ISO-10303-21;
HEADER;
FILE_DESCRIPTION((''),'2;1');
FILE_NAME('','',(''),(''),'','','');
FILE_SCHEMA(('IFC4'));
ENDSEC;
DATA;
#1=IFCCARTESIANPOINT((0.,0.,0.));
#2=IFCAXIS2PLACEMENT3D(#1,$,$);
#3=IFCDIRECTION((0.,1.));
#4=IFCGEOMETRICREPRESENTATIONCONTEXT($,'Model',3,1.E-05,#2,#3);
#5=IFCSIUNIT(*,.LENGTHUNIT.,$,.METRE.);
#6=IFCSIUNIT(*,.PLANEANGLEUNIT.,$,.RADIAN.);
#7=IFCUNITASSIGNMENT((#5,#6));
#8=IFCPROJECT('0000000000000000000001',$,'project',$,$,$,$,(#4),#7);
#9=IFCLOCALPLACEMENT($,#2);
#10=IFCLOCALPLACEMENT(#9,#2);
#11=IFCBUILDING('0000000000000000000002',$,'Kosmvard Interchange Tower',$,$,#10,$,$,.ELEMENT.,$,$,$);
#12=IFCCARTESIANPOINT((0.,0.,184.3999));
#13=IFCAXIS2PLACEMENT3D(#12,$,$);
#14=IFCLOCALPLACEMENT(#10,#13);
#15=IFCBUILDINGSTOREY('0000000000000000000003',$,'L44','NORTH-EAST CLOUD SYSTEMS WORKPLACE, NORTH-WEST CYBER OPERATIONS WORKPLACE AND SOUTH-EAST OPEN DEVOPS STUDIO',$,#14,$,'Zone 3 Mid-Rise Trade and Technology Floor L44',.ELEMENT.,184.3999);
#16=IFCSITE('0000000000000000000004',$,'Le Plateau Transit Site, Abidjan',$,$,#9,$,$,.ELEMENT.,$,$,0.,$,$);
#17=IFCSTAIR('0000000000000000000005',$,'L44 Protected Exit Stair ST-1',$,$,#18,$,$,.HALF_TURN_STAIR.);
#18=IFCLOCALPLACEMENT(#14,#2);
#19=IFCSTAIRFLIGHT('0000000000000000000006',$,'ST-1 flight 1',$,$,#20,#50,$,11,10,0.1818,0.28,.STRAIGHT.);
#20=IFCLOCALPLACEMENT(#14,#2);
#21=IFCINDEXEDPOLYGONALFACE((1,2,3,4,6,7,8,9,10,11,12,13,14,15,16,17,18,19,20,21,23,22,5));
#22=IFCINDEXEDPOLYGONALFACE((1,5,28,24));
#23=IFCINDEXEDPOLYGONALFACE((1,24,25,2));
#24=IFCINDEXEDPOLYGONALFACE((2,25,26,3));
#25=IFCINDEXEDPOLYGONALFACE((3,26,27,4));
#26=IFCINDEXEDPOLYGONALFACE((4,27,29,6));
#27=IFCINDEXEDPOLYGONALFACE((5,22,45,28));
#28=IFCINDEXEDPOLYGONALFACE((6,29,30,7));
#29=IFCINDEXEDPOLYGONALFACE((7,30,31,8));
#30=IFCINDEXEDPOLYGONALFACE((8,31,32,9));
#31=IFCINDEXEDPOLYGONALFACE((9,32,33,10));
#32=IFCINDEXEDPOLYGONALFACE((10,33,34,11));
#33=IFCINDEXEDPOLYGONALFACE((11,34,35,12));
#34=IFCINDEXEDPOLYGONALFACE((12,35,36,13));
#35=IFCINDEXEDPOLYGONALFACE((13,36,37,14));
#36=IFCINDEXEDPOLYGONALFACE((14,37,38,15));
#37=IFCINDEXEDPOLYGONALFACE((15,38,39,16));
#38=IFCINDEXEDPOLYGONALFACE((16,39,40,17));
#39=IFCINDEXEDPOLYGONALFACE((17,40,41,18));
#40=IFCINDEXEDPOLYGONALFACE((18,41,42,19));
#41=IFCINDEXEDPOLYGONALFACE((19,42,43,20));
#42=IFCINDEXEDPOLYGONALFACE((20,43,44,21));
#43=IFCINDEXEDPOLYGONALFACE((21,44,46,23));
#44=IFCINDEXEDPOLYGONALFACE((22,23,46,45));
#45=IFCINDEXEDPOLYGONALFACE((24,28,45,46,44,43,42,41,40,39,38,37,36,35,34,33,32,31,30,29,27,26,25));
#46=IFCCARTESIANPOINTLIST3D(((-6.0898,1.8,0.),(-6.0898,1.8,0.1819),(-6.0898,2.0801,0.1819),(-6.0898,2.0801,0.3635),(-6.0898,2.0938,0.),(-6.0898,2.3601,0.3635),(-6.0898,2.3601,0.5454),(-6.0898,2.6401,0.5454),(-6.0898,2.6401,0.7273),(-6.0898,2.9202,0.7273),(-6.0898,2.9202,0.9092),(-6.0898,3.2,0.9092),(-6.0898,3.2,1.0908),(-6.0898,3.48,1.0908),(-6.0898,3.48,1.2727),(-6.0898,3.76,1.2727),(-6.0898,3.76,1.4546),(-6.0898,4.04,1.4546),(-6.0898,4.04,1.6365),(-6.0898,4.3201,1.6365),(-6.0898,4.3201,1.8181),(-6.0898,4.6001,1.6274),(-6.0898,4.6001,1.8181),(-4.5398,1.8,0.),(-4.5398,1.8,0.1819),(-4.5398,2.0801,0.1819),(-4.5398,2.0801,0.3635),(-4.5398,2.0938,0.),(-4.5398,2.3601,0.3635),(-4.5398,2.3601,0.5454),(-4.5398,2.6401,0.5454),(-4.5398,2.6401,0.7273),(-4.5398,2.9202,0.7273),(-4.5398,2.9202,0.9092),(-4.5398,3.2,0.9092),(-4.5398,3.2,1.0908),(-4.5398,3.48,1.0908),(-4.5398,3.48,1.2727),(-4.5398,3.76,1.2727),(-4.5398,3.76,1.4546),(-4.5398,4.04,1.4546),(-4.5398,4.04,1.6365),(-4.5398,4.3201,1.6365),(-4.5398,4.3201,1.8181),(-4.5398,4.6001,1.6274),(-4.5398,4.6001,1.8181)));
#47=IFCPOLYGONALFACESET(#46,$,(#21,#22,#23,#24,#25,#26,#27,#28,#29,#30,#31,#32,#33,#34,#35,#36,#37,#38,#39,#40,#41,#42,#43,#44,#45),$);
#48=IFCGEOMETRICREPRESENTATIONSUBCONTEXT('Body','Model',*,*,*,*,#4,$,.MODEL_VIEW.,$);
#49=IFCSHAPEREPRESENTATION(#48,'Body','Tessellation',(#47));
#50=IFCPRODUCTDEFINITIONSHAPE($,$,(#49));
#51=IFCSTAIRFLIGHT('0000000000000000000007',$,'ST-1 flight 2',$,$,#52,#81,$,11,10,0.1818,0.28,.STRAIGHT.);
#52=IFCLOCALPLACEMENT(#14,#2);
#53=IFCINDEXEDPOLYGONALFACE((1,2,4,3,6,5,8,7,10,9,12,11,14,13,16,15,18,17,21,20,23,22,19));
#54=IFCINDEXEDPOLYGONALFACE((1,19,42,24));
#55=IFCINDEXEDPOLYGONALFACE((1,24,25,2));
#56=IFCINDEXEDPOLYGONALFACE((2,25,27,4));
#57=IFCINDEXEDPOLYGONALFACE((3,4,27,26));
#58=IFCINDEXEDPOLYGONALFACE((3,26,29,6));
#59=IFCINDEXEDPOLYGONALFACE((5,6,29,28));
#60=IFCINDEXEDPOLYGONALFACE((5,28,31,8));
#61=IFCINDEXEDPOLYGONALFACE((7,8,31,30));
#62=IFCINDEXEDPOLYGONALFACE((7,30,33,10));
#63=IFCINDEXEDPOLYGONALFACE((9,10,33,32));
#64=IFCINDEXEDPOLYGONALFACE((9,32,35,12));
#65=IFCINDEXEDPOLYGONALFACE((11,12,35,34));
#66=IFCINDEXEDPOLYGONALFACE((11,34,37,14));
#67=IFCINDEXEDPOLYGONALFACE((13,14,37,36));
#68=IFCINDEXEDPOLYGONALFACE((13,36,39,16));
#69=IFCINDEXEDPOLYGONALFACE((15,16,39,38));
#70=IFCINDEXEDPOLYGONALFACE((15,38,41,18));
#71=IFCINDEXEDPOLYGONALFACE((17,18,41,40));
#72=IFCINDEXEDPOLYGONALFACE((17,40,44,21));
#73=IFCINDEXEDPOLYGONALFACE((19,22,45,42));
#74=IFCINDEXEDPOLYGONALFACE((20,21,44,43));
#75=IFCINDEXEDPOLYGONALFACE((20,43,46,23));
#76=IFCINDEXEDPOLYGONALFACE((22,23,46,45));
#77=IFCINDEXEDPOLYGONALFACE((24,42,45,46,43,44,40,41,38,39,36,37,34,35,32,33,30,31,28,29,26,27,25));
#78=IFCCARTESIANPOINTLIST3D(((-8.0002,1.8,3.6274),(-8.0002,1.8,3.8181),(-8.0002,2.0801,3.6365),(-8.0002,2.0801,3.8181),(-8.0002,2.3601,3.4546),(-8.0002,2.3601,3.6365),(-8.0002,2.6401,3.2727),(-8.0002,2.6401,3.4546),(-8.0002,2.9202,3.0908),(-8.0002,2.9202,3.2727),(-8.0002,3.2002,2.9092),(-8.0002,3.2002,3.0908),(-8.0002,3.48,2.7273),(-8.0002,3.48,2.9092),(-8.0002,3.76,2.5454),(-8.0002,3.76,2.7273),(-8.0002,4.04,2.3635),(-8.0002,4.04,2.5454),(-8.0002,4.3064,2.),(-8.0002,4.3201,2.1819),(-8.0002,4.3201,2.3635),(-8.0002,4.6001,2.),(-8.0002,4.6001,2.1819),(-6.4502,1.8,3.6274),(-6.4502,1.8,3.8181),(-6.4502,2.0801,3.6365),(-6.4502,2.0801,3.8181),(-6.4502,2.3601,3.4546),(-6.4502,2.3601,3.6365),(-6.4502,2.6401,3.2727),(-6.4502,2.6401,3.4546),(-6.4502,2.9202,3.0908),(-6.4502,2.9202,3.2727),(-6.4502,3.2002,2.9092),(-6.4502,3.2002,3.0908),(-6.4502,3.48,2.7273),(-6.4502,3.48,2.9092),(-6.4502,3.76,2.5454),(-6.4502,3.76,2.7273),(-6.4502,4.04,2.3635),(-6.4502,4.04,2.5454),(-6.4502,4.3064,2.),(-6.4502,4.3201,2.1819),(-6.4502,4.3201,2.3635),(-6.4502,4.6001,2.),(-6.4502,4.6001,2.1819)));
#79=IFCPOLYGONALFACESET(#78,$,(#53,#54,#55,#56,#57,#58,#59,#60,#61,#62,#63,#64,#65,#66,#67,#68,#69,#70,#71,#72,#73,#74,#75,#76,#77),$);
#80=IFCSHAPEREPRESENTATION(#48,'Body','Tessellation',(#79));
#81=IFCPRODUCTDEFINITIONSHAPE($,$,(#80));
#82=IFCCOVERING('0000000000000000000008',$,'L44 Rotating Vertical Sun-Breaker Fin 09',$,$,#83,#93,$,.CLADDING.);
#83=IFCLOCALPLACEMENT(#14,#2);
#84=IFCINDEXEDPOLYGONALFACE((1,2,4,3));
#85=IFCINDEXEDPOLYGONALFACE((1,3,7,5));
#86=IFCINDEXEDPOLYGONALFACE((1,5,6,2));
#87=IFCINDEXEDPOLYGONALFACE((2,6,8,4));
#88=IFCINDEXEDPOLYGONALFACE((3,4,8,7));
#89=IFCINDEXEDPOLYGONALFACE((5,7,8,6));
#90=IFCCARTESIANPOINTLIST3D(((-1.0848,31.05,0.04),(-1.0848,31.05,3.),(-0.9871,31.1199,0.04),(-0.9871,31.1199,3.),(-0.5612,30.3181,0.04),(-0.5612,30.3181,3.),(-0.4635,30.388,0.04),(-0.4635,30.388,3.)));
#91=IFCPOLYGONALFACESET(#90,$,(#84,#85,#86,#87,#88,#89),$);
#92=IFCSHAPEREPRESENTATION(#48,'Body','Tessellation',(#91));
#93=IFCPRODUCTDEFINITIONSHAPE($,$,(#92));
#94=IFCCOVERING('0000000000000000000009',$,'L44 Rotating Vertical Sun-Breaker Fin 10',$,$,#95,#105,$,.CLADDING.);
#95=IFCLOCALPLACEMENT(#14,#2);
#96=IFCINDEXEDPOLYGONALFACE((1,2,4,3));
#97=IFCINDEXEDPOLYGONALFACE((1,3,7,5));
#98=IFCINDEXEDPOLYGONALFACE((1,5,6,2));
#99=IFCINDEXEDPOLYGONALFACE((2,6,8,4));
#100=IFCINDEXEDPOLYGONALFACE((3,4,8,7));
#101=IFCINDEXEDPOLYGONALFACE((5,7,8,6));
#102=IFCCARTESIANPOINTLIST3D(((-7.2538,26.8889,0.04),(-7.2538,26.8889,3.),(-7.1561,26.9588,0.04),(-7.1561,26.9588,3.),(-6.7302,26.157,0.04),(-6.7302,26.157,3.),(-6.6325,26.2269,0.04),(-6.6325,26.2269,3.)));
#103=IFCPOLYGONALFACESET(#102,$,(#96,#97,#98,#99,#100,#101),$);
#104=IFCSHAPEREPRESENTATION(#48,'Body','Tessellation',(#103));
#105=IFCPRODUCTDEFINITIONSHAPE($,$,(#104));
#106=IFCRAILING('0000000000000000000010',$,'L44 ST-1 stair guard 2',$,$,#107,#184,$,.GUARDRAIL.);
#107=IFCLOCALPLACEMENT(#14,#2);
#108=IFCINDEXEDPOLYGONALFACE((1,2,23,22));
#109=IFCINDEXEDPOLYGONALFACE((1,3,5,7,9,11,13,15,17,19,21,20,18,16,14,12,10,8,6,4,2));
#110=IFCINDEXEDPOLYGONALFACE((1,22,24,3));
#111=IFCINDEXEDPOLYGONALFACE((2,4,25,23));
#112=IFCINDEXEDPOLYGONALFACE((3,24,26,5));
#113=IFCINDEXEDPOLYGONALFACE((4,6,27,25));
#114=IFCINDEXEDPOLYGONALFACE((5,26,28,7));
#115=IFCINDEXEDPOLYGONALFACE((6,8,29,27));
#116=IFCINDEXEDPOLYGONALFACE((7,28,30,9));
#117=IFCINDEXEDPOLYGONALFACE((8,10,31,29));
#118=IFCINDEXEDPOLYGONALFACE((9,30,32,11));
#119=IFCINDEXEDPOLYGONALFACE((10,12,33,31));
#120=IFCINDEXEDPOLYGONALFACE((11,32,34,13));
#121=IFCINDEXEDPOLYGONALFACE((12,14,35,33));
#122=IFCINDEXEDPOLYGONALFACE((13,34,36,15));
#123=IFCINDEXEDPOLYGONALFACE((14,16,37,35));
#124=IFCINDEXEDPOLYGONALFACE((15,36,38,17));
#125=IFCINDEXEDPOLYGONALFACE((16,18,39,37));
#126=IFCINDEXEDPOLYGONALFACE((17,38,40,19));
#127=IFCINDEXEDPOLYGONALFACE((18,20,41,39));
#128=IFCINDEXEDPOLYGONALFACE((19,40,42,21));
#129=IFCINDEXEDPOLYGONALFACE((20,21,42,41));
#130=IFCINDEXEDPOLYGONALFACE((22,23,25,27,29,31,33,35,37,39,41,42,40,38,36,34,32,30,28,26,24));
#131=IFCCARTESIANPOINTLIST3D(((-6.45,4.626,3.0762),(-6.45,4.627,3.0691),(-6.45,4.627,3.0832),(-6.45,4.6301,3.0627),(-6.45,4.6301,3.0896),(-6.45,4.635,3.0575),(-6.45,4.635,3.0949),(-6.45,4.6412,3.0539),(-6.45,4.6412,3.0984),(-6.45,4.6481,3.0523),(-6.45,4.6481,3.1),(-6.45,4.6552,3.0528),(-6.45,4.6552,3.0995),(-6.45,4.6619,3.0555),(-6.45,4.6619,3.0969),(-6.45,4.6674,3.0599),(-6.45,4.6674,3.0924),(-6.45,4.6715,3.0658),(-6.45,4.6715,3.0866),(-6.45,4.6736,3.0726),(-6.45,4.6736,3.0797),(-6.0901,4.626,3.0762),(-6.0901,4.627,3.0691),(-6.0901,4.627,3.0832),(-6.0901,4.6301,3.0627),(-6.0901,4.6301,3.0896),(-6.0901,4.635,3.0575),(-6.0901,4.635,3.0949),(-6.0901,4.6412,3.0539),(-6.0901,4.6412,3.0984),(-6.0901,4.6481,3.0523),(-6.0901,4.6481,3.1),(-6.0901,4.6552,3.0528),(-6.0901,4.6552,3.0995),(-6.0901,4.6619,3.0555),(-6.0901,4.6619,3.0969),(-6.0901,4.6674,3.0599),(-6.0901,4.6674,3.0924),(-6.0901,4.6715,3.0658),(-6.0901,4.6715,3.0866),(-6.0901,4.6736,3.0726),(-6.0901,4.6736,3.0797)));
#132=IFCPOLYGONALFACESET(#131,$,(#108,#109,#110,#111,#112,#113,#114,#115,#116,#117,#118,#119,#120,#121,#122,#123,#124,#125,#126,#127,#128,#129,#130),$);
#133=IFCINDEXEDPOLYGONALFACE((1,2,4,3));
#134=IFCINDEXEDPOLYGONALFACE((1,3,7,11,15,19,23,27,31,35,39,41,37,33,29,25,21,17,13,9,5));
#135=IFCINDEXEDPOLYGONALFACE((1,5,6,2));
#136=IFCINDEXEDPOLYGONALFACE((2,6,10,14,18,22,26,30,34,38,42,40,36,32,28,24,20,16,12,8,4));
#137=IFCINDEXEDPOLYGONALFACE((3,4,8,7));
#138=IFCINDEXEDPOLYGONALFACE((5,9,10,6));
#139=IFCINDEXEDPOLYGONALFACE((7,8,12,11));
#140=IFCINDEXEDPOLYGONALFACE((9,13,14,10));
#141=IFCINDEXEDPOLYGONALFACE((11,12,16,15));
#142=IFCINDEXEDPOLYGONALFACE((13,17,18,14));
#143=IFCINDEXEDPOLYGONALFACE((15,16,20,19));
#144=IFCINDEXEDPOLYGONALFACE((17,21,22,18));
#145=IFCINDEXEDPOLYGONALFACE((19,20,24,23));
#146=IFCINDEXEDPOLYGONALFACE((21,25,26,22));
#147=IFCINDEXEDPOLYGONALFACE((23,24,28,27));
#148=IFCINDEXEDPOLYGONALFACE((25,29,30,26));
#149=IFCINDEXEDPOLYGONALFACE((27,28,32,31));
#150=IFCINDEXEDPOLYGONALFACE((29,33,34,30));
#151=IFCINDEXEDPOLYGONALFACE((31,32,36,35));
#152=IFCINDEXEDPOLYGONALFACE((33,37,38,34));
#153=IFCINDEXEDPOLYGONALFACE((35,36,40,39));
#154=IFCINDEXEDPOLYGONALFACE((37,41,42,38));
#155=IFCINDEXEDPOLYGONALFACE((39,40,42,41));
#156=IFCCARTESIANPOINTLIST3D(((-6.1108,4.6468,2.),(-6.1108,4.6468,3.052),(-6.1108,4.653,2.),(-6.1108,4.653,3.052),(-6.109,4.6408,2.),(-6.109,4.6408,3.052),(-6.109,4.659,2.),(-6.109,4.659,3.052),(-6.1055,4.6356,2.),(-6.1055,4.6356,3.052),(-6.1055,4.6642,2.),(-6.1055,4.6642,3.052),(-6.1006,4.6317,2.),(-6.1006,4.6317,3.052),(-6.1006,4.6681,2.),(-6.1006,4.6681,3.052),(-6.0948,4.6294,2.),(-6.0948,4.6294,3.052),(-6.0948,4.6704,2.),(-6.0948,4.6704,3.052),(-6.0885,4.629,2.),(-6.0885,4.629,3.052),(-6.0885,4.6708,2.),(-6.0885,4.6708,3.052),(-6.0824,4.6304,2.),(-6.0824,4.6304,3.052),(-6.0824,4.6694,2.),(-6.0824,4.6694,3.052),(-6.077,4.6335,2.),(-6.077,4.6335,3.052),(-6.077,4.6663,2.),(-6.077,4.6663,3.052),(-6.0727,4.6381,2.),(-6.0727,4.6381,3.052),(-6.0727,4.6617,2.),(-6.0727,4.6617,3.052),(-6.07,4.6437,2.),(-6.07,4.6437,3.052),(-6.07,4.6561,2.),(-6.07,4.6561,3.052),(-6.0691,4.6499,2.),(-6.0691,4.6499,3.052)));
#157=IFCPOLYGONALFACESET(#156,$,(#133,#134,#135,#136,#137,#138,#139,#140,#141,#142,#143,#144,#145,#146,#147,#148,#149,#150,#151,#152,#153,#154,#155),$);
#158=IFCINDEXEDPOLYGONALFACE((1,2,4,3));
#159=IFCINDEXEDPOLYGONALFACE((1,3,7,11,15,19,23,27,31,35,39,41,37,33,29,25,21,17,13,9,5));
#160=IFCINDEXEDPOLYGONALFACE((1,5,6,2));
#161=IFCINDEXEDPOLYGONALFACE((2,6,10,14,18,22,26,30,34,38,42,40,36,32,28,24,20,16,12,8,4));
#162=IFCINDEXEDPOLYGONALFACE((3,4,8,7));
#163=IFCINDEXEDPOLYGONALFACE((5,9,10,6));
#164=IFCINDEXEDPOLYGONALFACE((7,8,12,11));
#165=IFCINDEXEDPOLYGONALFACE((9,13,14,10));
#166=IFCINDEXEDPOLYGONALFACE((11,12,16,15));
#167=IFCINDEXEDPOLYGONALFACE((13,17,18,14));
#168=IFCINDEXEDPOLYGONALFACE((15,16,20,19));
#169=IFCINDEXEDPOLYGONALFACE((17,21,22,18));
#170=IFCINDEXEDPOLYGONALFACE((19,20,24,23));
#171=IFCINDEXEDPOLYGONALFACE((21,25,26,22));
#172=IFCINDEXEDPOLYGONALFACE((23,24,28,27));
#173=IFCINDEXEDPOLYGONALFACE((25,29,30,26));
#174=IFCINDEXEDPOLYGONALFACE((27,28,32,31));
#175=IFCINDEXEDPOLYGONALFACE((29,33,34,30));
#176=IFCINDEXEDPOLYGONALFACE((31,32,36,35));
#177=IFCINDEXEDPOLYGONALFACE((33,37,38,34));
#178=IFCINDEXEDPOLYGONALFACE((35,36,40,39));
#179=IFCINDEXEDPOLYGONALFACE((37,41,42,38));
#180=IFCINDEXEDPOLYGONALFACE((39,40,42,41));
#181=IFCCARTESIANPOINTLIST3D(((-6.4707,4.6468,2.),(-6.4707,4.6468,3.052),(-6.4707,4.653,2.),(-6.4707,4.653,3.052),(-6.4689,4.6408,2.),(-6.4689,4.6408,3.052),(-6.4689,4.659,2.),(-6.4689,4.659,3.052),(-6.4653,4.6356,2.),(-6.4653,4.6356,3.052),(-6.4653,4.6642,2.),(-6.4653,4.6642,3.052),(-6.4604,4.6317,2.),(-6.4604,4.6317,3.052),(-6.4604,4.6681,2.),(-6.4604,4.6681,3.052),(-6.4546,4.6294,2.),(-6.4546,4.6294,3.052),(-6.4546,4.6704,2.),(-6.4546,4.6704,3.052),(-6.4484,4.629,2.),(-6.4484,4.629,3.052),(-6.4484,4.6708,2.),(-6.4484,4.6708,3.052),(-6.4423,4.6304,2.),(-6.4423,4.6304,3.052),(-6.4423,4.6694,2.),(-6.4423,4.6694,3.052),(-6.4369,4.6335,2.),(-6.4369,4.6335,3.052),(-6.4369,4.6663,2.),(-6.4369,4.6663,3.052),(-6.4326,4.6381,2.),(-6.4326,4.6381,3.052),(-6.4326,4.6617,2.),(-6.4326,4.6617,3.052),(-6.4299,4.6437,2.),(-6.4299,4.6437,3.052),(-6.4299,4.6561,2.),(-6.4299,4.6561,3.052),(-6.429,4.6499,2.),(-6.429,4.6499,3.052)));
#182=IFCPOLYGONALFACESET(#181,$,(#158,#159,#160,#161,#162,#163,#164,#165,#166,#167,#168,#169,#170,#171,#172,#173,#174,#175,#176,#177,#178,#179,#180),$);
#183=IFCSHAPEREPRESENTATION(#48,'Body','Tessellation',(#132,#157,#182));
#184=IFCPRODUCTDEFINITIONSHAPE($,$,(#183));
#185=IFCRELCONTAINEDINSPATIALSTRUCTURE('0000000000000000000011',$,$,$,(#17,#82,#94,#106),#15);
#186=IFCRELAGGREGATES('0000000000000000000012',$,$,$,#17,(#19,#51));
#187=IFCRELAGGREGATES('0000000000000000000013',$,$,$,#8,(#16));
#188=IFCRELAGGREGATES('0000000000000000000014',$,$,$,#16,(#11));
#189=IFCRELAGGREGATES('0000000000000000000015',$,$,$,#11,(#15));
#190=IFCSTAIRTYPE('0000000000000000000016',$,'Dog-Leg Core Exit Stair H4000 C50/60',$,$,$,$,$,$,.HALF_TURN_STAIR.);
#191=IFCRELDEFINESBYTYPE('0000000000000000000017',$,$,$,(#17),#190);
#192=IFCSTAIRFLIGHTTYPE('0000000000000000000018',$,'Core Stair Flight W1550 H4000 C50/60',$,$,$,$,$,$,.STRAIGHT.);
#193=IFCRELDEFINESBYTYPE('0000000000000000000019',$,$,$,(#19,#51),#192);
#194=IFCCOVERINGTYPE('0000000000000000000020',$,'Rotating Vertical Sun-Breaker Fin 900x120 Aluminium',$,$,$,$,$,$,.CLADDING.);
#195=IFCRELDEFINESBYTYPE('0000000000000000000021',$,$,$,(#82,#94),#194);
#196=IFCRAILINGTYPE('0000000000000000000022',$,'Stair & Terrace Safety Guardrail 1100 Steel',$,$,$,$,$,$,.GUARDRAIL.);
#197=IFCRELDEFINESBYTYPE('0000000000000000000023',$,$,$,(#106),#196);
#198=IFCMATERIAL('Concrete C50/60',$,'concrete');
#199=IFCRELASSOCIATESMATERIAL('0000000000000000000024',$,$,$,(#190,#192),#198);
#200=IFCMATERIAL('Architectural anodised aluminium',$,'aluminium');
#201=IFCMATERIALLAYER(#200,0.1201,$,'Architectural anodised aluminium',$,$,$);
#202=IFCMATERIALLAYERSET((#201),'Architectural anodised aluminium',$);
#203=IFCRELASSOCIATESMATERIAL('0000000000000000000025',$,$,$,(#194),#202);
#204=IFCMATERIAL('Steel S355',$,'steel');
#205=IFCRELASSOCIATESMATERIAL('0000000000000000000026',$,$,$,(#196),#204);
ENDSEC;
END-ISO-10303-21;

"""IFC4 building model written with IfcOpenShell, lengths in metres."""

from ifc_helpers import new_model, si_unit, direction, frame, origin, origin_2d, place, context, subcontext, project, spatial, polyline, rectangle, circle, outline, extrude, source, transform, mapped, material, layer, layer_set, type_object, element, aggregate, save


model = new_model("IFC4")

# Units and contexts
model_context = context("Model", 3, precision=1e-05, world=origin(), true_north=direction((0.0, 1.0)))
body_context = subcontext(model_context, "Body", "Model", "MODEL_VIEW")
ifc_project = project(units=[si_unit("LENGTHUNIT", "METRE"), si_unit("PLANEANGLEUNIT", "RADIAN")], contexts=[model_context])

# Site, building, storey
site_placement = place(None, origin())
site = spatial("IfcSite", under=ifc_project, at=site_placement, Name="Le Plateau Transit Site, Abidjan", CompositionType="ELEMENT", RefElevation=0.0)
building_placement = place(site_placement, origin())
building = spatial("IfcBuilding", under=site, at=building_placement, Name="Kosmvard Interchange Tower", CompositionType="ELEMENT")
storey_placement = place(building_placement, frame((0.0, 0.0, 184.3999)))
storey = spatial("IfcBuildingStorey", under=building, at=storey_placement, Name="L44", Description="NORTH-EAST CLOUD SYSTEMS WORKPLACE, NORTH-WEST CYBER OPERATIONS WORKPLACE AND SOUTH-EAST OPEN DEVOPS STUDIO", LongName="Zone 3 Mid-Rise Trade and Technology Floor L44", CompositionType="ELEMENT", Elevation=184.3999)

# Shared definitions
ifc_material_1 = material(Name="Steel S355", Category="steel")

# Stair, stair flights
ifc_material_2 = material(Name="Concrete C50/60", Category="concrete")
stair_type = type_object("IfcStairType", Name="Dog-Leg Core Exit Stair H4000 C50/60", PredefinedType="HALF_TURN_STAIR", material=ifc_material_2)
stair_placement = place(storey_placement, origin())
stair = element("IfcStair", 1, at=stair_placement, inside=storey, type_object=stair_type, Name="L44 Protected Exit Stair ST-1", PredefinedType="HALF_TURN_STAIR")
stair_flight_type = type_object("IfcStairFlightType", Name="Core Stair Flight W1550 H4000 C50/60", PredefinedType="STRAIGHT", material=ifc_material_2)
shared_shape_1 = source(origin(), body_context, "Body", "SweptSolid", [
    extrude(outline(polyline([(0.0, 0.0), (0.0, 0.1819), (0.28, 0.1819), (0.28, 0.3635), (0.5601, 0.3635), (0.5601, 0.5454), (0.8401, 0.5454), (0.8401, 0.7273), (1.1201, 0.7273), (1.1201, 0.9092), (1.3999, 0.9092), (1.3999, 1.0908), (1.6799, 1.0908), (1.6799, 1.2727), (1.96, 1.2727), (1.96, 1.4546), (2.24, 1.4546), (2.24, 1.6365), (2.52, 1.6365), (2.52, 1.8181), (2.8, 1.8181), (2.8, 2.0), (2.8, 1.6274), (0.2937, 0.0), (0.0, 0.0)])), frame((0.0, 0.7749, 0.0), z_axis=(0.0, -1.0, 0.0), x_axis=(1.0, 0.0, 0.0)), (0.0, 0.0, 1.0), 1.55),
])
stair_flight_1_placement = place(storey_placement, frame((-5.3149, 1.8, 0.0), z_axis=(0.0, 0.0, 1.0), x_axis=(0.0, 1.0, 0.0)))
stair_flight_1 = element("IfcStairFlight", 2, at=stair_flight_1_placement, type_object=stair_flight_type, Name="ST-1 flight 1", NumberOfRisers=11, NumberOfTreads=10, PredefinedType="STRAIGHT", RiserHeight=0.1818, TreadLength=0.28, context=body_context, shape_type="MappedRepresentation", body=[
    mapped(shared_shape_1, transform((0.0, 0.0, 0.0), scale=1.0)),
])
stair_flight_2_placement = place(storey_placement, frame((-7.2251, 4.6001, 2.0), z_axis=(0.0, 0.0, 1.0), x_axis=(0.0, -1.0, 0.0)))
stair_flight_2 = element("IfcStairFlight", 3, at=stair_flight_2_placement, type_object=stair_flight_type, Name="ST-1 flight 2", NumberOfRisers=11, NumberOfTreads=10, PredefinedType="STRAIGHT", RiserHeight=0.1818, TreadLength=0.28, context=body_context, shape_type="MappedRepresentation", body=[
    mapped(shared_shape_1, transform((0.0, 0.0, 0.0), scale=1.0)),
])
aggregate(stair, [stair_flight_1, stair_flight_2])

# Coverings
ifc_material_3 = material(Name="Architectural anodised aluminium", Category="aluminium")
ifc_layer_1 = layer(ifc_material_3, 0.1201, Name="Architectural anodised aluminium")
ifc_layer_set_1 = layer_set([ifc_layer_1], Name="Architectural anodised aluminium")
covering_type = type_object("IfcCoveringType", Name="Rotating Vertical Sun-Breaker Fin 900x120 Aluminium", PredefinedType="CLADDING", material=ifc_layer_set_1)
shared_shape_2 = source(origin(), body_context, "Body", "SweptSolid", [
    extrude(rectangle(XDim=0.8999, YDim=0.1201, at=origin_2d()), origin(), (0.0, 0.0, 1.0), 2.96),
])
for number, where, z_axis, x_axis, name in (
    (4, (-0.7742, 30.719, 0.04), (0.0, 0.0, 1.0), (-0.581839, 0.813304, 0.0), "L44 Rotating Vertical Sun-Breaker Fin 09"),
    (5, (-6.9431, 26.5579, 0.04), (0.0, 0.0, 1.0), (-0.581839, 0.813304, 0.0), "L44 Rotating Vertical Sun-Breaker Fin 10"),
):
    element("IfcCovering", number, at=place(storey_placement, frame(where, z_axis=z_axis, x_axis=x_axis)), inside=storey, type_object=covering_type, Name=name, PredefinedType="CLADDING", context=body_context, shape_type="MappedRepresentation", body=[
        mapped(shared_shape_2, transform((0.0, 0.0, 0.0), scale=1.0)),
    ])

# Railing
railing_type_1 = type_object("IfcRailingType", Name="Stair & Terrace Safety Guardrail 1100 Steel", PredefinedType="GUARDRAIL", material=ifc_material_1)
shared_shape_3 = source(origin(), body_context, "Body", "SweptSolid", [
    extrude(circle(Radius=0.0239, at=origin_2d()), frame((0.0, 0.0, 1.0762), z_axis=(-1.0, 0.0, 0.0), x_axis=(0.0, -1.0, 0.0)), (0.0, 0.0, 1.0), 0.3599),
    extrude(circle(Radius=0.021, at=origin_2d()), origin(), (0.0, 0.0, 1.0), 1.052),
    extrude(circle(Radius=0.021, at=origin_2d()), frame((-0.3599, 0.0, 0.0)), (0.0, 0.0, 1.0), 1.052),
])
railing_1_placement = place(storey_placement, frame((-6.0901, 4.6499, 2.0)))
element("IfcRailing", 6, at=railing_1_placement, inside=storey, type_object=railing_type_1, Name="L44 ST-1 stair guard 2", PredefinedType="GUARDRAIL", context=body_context, shape_type="MappedRepresentation", body=[
    mapped(shared_shape_3, transform((0.0, 0.0, 0.0), scale=1.0)),
])

save(model, "model.ifc")
